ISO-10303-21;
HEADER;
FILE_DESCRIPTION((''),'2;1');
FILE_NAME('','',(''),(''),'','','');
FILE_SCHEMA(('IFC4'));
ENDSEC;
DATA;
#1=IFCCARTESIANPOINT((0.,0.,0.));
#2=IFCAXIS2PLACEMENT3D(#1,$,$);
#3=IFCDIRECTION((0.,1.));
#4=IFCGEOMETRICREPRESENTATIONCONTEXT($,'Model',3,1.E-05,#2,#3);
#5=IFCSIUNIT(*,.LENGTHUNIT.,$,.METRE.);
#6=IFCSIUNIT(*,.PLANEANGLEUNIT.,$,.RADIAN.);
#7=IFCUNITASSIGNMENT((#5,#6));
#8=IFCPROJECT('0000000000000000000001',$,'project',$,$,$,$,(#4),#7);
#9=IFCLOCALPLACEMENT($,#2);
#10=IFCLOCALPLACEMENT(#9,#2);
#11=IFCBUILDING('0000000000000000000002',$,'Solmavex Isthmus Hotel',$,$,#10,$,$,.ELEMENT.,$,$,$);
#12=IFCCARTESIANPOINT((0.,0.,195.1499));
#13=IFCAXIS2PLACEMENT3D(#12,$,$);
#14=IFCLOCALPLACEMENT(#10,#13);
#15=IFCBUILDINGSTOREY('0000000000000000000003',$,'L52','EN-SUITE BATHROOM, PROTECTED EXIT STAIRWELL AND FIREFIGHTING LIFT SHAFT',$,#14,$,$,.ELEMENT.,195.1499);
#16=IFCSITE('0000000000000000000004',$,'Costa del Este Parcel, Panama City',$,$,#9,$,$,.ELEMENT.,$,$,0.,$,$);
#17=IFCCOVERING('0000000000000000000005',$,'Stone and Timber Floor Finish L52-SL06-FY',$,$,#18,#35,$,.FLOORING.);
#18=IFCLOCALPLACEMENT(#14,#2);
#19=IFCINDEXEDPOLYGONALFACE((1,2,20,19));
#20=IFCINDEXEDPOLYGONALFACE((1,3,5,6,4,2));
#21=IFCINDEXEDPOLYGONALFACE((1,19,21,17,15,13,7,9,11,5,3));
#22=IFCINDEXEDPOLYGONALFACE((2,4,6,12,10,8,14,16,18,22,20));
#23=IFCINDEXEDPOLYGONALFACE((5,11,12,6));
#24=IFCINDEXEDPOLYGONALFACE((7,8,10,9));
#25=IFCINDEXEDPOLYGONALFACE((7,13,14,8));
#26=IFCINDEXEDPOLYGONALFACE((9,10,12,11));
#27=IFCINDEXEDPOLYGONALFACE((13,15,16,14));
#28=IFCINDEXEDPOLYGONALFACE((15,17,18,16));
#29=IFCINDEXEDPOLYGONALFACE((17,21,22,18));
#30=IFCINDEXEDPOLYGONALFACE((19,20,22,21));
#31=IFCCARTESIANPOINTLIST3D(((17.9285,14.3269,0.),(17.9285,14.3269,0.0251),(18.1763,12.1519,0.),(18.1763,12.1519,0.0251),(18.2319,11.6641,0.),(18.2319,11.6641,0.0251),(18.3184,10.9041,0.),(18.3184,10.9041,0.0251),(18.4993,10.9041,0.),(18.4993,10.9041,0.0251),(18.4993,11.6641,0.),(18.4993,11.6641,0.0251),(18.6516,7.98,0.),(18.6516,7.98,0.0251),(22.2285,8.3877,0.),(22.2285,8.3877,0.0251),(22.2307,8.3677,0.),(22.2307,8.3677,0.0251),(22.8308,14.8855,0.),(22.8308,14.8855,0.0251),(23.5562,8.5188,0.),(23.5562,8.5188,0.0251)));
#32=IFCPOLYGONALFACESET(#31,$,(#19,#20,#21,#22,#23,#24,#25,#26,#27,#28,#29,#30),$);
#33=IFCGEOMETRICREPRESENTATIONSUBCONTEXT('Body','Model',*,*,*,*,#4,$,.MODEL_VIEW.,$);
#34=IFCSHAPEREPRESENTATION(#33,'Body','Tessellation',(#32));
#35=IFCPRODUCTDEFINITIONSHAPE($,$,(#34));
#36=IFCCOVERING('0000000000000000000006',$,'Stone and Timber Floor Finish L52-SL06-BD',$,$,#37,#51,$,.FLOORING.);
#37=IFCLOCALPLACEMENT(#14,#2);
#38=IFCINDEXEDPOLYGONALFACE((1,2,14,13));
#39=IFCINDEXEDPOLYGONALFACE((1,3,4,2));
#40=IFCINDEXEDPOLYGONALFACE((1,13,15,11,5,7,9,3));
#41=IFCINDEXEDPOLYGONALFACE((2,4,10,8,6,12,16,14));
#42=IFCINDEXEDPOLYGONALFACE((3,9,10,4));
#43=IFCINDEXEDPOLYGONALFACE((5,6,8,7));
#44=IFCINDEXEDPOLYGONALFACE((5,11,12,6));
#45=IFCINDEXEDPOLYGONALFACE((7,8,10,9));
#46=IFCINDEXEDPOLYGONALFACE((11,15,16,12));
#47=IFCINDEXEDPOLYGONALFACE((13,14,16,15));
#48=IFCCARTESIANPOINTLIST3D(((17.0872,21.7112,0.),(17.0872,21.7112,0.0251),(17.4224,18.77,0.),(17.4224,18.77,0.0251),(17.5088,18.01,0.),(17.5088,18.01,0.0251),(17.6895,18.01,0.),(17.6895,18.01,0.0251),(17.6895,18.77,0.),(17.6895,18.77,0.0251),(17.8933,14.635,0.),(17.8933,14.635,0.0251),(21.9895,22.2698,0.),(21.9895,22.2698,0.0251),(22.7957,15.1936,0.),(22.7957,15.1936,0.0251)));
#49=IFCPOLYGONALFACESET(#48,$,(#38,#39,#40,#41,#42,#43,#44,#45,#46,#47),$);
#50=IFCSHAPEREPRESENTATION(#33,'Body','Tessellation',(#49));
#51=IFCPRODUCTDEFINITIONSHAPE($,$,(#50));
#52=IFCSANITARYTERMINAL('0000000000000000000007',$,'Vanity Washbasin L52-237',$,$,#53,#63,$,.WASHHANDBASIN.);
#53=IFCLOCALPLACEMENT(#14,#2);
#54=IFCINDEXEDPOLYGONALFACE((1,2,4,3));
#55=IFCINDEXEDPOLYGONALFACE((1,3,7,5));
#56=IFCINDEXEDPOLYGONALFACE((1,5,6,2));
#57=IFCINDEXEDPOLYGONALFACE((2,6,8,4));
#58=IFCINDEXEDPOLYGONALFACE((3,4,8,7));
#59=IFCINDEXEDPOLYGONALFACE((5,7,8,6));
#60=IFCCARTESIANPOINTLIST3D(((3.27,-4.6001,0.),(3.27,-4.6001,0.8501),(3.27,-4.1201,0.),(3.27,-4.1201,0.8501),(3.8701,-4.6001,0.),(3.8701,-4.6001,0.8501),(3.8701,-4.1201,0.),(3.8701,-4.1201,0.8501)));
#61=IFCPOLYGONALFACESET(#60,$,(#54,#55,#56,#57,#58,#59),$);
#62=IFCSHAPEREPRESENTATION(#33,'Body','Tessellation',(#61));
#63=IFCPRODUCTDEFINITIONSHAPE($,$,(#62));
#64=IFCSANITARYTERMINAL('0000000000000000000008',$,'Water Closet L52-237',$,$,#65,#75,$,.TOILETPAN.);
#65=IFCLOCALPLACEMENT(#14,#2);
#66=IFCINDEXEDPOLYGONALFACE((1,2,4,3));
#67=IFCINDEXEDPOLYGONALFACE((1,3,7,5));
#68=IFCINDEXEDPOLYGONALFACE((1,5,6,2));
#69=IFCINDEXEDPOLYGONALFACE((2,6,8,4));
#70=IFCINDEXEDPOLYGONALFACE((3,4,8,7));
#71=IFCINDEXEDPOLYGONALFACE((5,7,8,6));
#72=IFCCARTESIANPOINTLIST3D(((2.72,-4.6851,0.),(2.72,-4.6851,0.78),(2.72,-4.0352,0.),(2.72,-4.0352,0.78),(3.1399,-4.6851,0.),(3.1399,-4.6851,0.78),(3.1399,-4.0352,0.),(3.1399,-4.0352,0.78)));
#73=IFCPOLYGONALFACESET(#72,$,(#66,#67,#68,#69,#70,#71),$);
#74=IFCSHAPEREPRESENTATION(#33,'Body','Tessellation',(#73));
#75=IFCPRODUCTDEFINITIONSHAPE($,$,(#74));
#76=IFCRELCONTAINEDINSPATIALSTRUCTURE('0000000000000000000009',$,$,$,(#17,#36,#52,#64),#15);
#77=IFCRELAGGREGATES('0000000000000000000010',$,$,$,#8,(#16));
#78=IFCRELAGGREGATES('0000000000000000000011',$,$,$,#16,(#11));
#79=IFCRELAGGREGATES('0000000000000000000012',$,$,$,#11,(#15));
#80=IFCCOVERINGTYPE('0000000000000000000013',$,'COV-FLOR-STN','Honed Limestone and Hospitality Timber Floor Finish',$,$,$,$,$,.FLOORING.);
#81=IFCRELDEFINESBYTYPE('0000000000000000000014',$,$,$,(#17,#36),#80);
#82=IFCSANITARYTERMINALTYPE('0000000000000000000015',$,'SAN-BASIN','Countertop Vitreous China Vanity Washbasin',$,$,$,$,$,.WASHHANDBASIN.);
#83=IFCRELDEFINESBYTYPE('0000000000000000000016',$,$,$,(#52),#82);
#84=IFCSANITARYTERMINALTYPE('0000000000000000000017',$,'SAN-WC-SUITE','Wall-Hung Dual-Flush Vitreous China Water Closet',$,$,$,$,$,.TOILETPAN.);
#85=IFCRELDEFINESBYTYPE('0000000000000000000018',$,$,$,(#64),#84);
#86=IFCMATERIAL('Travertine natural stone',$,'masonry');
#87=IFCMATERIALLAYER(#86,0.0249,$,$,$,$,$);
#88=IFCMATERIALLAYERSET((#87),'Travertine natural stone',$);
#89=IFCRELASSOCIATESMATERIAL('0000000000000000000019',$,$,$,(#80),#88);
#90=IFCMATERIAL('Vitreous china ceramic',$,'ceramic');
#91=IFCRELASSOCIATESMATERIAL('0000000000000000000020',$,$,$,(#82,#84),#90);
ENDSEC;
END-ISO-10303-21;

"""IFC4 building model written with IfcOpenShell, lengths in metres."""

from ifc_helpers import new_model, si_unit, direction, frame, origin, origin_2d, place, context, subcontext, project, spatial, polyline, rectangle, outline, extrude, material, layer, layer_set, type_object, element, save


model = new_model("IFC4")

# Units and contexts
model_context = context("Model", 3, precision=1e-05, world=origin(), true_north=direction((0.0, 1.0)))
body_context = subcontext(model_context, "Body", "Model", "MODEL_VIEW")
ifc_project = project(units=[si_unit("LENGTHUNIT", "METRE"), si_unit("PLANEANGLEUNIT", "RADIAN")], contexts=[model_context])

# Site, building, storey
site_placement = place(None, origin())
site = spatial("IfcSite", under=ifc_project, at=site_placement, Name="Costa del Este Parcel, Panama City", CompositionType="ELEMENT", RefElevation=0.0)
building_placement = place(site_placement, origin())
building = spatial("IfcBuilding", under=site, at=building_placement, Name="Solmavex Isthmus Hotel", CompositionType="ELEMENT")
storey_placement = place(building_placement, frame((0.0, 0.0, 195.1499)))
storey = spatial("IfcBuildingStorey", under=building, at=storey_placement, Name="L52", Description="EN-SUITE BATHROOM, PROTECTED EXIT STAIRWELL AND FIREFIGHTING LIFT SHAFT", CompositionType="ELEMENT", Elevation=195.1499)

# Coverings
ifc_material_1 = material(Name="Travertine natural stone", Category="masonry")
ifc_layer_1 = layer(ifc_material_1, 0.0249)
ifc_layer_set_1 = layer_set([ifc_layer_1], Name="Travertine natural stone")
covering_type_1 = type_object("IfcCoveringType", Name="COV-FLOR-STN", Description="Honed Limestone and Hospitality Timber Floor Finish", PredefinedType="FLOORING", material=ifc_layer_set_1)
covering_1_placement = place(storey_placement, origin())
element("IfcCovering", 1, at=covering_1_placement, inside=storey, type_object=covering_type_1, Name="Stone and Timber Floor Finish L52-SL06-FY", PredefinedType="FLOORING", context=body_context, shape_type="SweptSolid", body=[
    extrude(outline(polyline([(18.2319, 11.6641), (18.4993, 11.6641), (18.4993, 10.9041), (18.3184, 10.9041), (18.6516, 7.98), (22.2285, 8.3877), (22.2307, 8.3677), (23.5562, 8.5188), (22.8308, 14.8855), (17.9285, 14.3269), (18.1763, 12.1519), (18.2319, 11.6641)])), origin(), (0.0, 0.0, 1.0), 0.0251),
])
covering_2_placement = place(storey_placement, origin())
element("IfcCovering", 2, at=covering_2_placement, inside=storey, type_object=covering_type_1, Name="Stone and Timber Floor Finish L52-SL06-BD", PredefinedType="FLOORING", context=body_context, shape_type="SweptSolid", body=[
    extrude(outline(polyline([(17.4224, 18.77), (17.6895, 18.77), (17.6895, 18.01), (17.5088, 18.01), (17.8933, 14.635), (22.7957, 15.1936), (21.9895, 22.2698), (17.0872, 21.7112), (17.4224, 18.77)])), origin(), (0.0, 0.0, 1.0), 0.0251),
])

# Sanitary terminals
ifc_material_2 = material(Name="Vitreous china ceramic", Category="ceramic")
sanitary_terminal_type_1 = type_object("IfcSanitaryTerminalType", Name="SAN-BASIN", Description="Countertop Vitreous China Vanity Washbasin", PredefinedType="WASHHANDBASIN", material=ifc_material_2)
sanitary_terminal_1_placement = place(storey_placement, frame((3.5701, -4.3601, 0.0), z_axis=(0.0, 0.0, 1.0), x_axis=(1.0, 0.0, 0.0)))
element("IfcSanitaryTerminal", 3, at=sanitary_terminal_1_placement, inside=storey, type_object=sanitary_terminal_type_1, Name="Vanity Washbasin L52-237", PredefinedType="WASHHANDBASIN", context=body_context, shape_type="SweptSolid", body=[
    extrude(rectangle(XDim=0.6001, YDim=0.48, at=origin_2d()), origin(), (0.0, 0.0, 1.0), 0.8501),
])
sanitary_terminal_type_2 = type_object("IfcSanitaryTerminalType", Name="SAN-WC-SUITE", Description="Wall-Hung Dual-Flush Vitreous China Water Closet", PredefinedType="TOILETPAN", material=ifc_material_2)
sanitary_terminal_2_placement = place(storey_placement, frame((2.9299, -4.3601, 0.0), z_axis=(0.0, 0.0, 1.0), x_axis=(1.0, 0.0, 0.0)))
element("IfcSanitaryTerminal", 4, at=sanitary_terminal_2_placement, inside=storey, type_object=sanitary_terminal_type_2, Name="Water Closet L52-237", PredefinedType="TOILETPAN", context=body_context, shape_type="SweptSolid", body=[
    extrude(rectangle(XDim=0.4199, YDim=0.6499, at=origin_2d()), origin(), (0.0, 0.0, 1.0), 0.78),
])

save(model, "model.ifc")
